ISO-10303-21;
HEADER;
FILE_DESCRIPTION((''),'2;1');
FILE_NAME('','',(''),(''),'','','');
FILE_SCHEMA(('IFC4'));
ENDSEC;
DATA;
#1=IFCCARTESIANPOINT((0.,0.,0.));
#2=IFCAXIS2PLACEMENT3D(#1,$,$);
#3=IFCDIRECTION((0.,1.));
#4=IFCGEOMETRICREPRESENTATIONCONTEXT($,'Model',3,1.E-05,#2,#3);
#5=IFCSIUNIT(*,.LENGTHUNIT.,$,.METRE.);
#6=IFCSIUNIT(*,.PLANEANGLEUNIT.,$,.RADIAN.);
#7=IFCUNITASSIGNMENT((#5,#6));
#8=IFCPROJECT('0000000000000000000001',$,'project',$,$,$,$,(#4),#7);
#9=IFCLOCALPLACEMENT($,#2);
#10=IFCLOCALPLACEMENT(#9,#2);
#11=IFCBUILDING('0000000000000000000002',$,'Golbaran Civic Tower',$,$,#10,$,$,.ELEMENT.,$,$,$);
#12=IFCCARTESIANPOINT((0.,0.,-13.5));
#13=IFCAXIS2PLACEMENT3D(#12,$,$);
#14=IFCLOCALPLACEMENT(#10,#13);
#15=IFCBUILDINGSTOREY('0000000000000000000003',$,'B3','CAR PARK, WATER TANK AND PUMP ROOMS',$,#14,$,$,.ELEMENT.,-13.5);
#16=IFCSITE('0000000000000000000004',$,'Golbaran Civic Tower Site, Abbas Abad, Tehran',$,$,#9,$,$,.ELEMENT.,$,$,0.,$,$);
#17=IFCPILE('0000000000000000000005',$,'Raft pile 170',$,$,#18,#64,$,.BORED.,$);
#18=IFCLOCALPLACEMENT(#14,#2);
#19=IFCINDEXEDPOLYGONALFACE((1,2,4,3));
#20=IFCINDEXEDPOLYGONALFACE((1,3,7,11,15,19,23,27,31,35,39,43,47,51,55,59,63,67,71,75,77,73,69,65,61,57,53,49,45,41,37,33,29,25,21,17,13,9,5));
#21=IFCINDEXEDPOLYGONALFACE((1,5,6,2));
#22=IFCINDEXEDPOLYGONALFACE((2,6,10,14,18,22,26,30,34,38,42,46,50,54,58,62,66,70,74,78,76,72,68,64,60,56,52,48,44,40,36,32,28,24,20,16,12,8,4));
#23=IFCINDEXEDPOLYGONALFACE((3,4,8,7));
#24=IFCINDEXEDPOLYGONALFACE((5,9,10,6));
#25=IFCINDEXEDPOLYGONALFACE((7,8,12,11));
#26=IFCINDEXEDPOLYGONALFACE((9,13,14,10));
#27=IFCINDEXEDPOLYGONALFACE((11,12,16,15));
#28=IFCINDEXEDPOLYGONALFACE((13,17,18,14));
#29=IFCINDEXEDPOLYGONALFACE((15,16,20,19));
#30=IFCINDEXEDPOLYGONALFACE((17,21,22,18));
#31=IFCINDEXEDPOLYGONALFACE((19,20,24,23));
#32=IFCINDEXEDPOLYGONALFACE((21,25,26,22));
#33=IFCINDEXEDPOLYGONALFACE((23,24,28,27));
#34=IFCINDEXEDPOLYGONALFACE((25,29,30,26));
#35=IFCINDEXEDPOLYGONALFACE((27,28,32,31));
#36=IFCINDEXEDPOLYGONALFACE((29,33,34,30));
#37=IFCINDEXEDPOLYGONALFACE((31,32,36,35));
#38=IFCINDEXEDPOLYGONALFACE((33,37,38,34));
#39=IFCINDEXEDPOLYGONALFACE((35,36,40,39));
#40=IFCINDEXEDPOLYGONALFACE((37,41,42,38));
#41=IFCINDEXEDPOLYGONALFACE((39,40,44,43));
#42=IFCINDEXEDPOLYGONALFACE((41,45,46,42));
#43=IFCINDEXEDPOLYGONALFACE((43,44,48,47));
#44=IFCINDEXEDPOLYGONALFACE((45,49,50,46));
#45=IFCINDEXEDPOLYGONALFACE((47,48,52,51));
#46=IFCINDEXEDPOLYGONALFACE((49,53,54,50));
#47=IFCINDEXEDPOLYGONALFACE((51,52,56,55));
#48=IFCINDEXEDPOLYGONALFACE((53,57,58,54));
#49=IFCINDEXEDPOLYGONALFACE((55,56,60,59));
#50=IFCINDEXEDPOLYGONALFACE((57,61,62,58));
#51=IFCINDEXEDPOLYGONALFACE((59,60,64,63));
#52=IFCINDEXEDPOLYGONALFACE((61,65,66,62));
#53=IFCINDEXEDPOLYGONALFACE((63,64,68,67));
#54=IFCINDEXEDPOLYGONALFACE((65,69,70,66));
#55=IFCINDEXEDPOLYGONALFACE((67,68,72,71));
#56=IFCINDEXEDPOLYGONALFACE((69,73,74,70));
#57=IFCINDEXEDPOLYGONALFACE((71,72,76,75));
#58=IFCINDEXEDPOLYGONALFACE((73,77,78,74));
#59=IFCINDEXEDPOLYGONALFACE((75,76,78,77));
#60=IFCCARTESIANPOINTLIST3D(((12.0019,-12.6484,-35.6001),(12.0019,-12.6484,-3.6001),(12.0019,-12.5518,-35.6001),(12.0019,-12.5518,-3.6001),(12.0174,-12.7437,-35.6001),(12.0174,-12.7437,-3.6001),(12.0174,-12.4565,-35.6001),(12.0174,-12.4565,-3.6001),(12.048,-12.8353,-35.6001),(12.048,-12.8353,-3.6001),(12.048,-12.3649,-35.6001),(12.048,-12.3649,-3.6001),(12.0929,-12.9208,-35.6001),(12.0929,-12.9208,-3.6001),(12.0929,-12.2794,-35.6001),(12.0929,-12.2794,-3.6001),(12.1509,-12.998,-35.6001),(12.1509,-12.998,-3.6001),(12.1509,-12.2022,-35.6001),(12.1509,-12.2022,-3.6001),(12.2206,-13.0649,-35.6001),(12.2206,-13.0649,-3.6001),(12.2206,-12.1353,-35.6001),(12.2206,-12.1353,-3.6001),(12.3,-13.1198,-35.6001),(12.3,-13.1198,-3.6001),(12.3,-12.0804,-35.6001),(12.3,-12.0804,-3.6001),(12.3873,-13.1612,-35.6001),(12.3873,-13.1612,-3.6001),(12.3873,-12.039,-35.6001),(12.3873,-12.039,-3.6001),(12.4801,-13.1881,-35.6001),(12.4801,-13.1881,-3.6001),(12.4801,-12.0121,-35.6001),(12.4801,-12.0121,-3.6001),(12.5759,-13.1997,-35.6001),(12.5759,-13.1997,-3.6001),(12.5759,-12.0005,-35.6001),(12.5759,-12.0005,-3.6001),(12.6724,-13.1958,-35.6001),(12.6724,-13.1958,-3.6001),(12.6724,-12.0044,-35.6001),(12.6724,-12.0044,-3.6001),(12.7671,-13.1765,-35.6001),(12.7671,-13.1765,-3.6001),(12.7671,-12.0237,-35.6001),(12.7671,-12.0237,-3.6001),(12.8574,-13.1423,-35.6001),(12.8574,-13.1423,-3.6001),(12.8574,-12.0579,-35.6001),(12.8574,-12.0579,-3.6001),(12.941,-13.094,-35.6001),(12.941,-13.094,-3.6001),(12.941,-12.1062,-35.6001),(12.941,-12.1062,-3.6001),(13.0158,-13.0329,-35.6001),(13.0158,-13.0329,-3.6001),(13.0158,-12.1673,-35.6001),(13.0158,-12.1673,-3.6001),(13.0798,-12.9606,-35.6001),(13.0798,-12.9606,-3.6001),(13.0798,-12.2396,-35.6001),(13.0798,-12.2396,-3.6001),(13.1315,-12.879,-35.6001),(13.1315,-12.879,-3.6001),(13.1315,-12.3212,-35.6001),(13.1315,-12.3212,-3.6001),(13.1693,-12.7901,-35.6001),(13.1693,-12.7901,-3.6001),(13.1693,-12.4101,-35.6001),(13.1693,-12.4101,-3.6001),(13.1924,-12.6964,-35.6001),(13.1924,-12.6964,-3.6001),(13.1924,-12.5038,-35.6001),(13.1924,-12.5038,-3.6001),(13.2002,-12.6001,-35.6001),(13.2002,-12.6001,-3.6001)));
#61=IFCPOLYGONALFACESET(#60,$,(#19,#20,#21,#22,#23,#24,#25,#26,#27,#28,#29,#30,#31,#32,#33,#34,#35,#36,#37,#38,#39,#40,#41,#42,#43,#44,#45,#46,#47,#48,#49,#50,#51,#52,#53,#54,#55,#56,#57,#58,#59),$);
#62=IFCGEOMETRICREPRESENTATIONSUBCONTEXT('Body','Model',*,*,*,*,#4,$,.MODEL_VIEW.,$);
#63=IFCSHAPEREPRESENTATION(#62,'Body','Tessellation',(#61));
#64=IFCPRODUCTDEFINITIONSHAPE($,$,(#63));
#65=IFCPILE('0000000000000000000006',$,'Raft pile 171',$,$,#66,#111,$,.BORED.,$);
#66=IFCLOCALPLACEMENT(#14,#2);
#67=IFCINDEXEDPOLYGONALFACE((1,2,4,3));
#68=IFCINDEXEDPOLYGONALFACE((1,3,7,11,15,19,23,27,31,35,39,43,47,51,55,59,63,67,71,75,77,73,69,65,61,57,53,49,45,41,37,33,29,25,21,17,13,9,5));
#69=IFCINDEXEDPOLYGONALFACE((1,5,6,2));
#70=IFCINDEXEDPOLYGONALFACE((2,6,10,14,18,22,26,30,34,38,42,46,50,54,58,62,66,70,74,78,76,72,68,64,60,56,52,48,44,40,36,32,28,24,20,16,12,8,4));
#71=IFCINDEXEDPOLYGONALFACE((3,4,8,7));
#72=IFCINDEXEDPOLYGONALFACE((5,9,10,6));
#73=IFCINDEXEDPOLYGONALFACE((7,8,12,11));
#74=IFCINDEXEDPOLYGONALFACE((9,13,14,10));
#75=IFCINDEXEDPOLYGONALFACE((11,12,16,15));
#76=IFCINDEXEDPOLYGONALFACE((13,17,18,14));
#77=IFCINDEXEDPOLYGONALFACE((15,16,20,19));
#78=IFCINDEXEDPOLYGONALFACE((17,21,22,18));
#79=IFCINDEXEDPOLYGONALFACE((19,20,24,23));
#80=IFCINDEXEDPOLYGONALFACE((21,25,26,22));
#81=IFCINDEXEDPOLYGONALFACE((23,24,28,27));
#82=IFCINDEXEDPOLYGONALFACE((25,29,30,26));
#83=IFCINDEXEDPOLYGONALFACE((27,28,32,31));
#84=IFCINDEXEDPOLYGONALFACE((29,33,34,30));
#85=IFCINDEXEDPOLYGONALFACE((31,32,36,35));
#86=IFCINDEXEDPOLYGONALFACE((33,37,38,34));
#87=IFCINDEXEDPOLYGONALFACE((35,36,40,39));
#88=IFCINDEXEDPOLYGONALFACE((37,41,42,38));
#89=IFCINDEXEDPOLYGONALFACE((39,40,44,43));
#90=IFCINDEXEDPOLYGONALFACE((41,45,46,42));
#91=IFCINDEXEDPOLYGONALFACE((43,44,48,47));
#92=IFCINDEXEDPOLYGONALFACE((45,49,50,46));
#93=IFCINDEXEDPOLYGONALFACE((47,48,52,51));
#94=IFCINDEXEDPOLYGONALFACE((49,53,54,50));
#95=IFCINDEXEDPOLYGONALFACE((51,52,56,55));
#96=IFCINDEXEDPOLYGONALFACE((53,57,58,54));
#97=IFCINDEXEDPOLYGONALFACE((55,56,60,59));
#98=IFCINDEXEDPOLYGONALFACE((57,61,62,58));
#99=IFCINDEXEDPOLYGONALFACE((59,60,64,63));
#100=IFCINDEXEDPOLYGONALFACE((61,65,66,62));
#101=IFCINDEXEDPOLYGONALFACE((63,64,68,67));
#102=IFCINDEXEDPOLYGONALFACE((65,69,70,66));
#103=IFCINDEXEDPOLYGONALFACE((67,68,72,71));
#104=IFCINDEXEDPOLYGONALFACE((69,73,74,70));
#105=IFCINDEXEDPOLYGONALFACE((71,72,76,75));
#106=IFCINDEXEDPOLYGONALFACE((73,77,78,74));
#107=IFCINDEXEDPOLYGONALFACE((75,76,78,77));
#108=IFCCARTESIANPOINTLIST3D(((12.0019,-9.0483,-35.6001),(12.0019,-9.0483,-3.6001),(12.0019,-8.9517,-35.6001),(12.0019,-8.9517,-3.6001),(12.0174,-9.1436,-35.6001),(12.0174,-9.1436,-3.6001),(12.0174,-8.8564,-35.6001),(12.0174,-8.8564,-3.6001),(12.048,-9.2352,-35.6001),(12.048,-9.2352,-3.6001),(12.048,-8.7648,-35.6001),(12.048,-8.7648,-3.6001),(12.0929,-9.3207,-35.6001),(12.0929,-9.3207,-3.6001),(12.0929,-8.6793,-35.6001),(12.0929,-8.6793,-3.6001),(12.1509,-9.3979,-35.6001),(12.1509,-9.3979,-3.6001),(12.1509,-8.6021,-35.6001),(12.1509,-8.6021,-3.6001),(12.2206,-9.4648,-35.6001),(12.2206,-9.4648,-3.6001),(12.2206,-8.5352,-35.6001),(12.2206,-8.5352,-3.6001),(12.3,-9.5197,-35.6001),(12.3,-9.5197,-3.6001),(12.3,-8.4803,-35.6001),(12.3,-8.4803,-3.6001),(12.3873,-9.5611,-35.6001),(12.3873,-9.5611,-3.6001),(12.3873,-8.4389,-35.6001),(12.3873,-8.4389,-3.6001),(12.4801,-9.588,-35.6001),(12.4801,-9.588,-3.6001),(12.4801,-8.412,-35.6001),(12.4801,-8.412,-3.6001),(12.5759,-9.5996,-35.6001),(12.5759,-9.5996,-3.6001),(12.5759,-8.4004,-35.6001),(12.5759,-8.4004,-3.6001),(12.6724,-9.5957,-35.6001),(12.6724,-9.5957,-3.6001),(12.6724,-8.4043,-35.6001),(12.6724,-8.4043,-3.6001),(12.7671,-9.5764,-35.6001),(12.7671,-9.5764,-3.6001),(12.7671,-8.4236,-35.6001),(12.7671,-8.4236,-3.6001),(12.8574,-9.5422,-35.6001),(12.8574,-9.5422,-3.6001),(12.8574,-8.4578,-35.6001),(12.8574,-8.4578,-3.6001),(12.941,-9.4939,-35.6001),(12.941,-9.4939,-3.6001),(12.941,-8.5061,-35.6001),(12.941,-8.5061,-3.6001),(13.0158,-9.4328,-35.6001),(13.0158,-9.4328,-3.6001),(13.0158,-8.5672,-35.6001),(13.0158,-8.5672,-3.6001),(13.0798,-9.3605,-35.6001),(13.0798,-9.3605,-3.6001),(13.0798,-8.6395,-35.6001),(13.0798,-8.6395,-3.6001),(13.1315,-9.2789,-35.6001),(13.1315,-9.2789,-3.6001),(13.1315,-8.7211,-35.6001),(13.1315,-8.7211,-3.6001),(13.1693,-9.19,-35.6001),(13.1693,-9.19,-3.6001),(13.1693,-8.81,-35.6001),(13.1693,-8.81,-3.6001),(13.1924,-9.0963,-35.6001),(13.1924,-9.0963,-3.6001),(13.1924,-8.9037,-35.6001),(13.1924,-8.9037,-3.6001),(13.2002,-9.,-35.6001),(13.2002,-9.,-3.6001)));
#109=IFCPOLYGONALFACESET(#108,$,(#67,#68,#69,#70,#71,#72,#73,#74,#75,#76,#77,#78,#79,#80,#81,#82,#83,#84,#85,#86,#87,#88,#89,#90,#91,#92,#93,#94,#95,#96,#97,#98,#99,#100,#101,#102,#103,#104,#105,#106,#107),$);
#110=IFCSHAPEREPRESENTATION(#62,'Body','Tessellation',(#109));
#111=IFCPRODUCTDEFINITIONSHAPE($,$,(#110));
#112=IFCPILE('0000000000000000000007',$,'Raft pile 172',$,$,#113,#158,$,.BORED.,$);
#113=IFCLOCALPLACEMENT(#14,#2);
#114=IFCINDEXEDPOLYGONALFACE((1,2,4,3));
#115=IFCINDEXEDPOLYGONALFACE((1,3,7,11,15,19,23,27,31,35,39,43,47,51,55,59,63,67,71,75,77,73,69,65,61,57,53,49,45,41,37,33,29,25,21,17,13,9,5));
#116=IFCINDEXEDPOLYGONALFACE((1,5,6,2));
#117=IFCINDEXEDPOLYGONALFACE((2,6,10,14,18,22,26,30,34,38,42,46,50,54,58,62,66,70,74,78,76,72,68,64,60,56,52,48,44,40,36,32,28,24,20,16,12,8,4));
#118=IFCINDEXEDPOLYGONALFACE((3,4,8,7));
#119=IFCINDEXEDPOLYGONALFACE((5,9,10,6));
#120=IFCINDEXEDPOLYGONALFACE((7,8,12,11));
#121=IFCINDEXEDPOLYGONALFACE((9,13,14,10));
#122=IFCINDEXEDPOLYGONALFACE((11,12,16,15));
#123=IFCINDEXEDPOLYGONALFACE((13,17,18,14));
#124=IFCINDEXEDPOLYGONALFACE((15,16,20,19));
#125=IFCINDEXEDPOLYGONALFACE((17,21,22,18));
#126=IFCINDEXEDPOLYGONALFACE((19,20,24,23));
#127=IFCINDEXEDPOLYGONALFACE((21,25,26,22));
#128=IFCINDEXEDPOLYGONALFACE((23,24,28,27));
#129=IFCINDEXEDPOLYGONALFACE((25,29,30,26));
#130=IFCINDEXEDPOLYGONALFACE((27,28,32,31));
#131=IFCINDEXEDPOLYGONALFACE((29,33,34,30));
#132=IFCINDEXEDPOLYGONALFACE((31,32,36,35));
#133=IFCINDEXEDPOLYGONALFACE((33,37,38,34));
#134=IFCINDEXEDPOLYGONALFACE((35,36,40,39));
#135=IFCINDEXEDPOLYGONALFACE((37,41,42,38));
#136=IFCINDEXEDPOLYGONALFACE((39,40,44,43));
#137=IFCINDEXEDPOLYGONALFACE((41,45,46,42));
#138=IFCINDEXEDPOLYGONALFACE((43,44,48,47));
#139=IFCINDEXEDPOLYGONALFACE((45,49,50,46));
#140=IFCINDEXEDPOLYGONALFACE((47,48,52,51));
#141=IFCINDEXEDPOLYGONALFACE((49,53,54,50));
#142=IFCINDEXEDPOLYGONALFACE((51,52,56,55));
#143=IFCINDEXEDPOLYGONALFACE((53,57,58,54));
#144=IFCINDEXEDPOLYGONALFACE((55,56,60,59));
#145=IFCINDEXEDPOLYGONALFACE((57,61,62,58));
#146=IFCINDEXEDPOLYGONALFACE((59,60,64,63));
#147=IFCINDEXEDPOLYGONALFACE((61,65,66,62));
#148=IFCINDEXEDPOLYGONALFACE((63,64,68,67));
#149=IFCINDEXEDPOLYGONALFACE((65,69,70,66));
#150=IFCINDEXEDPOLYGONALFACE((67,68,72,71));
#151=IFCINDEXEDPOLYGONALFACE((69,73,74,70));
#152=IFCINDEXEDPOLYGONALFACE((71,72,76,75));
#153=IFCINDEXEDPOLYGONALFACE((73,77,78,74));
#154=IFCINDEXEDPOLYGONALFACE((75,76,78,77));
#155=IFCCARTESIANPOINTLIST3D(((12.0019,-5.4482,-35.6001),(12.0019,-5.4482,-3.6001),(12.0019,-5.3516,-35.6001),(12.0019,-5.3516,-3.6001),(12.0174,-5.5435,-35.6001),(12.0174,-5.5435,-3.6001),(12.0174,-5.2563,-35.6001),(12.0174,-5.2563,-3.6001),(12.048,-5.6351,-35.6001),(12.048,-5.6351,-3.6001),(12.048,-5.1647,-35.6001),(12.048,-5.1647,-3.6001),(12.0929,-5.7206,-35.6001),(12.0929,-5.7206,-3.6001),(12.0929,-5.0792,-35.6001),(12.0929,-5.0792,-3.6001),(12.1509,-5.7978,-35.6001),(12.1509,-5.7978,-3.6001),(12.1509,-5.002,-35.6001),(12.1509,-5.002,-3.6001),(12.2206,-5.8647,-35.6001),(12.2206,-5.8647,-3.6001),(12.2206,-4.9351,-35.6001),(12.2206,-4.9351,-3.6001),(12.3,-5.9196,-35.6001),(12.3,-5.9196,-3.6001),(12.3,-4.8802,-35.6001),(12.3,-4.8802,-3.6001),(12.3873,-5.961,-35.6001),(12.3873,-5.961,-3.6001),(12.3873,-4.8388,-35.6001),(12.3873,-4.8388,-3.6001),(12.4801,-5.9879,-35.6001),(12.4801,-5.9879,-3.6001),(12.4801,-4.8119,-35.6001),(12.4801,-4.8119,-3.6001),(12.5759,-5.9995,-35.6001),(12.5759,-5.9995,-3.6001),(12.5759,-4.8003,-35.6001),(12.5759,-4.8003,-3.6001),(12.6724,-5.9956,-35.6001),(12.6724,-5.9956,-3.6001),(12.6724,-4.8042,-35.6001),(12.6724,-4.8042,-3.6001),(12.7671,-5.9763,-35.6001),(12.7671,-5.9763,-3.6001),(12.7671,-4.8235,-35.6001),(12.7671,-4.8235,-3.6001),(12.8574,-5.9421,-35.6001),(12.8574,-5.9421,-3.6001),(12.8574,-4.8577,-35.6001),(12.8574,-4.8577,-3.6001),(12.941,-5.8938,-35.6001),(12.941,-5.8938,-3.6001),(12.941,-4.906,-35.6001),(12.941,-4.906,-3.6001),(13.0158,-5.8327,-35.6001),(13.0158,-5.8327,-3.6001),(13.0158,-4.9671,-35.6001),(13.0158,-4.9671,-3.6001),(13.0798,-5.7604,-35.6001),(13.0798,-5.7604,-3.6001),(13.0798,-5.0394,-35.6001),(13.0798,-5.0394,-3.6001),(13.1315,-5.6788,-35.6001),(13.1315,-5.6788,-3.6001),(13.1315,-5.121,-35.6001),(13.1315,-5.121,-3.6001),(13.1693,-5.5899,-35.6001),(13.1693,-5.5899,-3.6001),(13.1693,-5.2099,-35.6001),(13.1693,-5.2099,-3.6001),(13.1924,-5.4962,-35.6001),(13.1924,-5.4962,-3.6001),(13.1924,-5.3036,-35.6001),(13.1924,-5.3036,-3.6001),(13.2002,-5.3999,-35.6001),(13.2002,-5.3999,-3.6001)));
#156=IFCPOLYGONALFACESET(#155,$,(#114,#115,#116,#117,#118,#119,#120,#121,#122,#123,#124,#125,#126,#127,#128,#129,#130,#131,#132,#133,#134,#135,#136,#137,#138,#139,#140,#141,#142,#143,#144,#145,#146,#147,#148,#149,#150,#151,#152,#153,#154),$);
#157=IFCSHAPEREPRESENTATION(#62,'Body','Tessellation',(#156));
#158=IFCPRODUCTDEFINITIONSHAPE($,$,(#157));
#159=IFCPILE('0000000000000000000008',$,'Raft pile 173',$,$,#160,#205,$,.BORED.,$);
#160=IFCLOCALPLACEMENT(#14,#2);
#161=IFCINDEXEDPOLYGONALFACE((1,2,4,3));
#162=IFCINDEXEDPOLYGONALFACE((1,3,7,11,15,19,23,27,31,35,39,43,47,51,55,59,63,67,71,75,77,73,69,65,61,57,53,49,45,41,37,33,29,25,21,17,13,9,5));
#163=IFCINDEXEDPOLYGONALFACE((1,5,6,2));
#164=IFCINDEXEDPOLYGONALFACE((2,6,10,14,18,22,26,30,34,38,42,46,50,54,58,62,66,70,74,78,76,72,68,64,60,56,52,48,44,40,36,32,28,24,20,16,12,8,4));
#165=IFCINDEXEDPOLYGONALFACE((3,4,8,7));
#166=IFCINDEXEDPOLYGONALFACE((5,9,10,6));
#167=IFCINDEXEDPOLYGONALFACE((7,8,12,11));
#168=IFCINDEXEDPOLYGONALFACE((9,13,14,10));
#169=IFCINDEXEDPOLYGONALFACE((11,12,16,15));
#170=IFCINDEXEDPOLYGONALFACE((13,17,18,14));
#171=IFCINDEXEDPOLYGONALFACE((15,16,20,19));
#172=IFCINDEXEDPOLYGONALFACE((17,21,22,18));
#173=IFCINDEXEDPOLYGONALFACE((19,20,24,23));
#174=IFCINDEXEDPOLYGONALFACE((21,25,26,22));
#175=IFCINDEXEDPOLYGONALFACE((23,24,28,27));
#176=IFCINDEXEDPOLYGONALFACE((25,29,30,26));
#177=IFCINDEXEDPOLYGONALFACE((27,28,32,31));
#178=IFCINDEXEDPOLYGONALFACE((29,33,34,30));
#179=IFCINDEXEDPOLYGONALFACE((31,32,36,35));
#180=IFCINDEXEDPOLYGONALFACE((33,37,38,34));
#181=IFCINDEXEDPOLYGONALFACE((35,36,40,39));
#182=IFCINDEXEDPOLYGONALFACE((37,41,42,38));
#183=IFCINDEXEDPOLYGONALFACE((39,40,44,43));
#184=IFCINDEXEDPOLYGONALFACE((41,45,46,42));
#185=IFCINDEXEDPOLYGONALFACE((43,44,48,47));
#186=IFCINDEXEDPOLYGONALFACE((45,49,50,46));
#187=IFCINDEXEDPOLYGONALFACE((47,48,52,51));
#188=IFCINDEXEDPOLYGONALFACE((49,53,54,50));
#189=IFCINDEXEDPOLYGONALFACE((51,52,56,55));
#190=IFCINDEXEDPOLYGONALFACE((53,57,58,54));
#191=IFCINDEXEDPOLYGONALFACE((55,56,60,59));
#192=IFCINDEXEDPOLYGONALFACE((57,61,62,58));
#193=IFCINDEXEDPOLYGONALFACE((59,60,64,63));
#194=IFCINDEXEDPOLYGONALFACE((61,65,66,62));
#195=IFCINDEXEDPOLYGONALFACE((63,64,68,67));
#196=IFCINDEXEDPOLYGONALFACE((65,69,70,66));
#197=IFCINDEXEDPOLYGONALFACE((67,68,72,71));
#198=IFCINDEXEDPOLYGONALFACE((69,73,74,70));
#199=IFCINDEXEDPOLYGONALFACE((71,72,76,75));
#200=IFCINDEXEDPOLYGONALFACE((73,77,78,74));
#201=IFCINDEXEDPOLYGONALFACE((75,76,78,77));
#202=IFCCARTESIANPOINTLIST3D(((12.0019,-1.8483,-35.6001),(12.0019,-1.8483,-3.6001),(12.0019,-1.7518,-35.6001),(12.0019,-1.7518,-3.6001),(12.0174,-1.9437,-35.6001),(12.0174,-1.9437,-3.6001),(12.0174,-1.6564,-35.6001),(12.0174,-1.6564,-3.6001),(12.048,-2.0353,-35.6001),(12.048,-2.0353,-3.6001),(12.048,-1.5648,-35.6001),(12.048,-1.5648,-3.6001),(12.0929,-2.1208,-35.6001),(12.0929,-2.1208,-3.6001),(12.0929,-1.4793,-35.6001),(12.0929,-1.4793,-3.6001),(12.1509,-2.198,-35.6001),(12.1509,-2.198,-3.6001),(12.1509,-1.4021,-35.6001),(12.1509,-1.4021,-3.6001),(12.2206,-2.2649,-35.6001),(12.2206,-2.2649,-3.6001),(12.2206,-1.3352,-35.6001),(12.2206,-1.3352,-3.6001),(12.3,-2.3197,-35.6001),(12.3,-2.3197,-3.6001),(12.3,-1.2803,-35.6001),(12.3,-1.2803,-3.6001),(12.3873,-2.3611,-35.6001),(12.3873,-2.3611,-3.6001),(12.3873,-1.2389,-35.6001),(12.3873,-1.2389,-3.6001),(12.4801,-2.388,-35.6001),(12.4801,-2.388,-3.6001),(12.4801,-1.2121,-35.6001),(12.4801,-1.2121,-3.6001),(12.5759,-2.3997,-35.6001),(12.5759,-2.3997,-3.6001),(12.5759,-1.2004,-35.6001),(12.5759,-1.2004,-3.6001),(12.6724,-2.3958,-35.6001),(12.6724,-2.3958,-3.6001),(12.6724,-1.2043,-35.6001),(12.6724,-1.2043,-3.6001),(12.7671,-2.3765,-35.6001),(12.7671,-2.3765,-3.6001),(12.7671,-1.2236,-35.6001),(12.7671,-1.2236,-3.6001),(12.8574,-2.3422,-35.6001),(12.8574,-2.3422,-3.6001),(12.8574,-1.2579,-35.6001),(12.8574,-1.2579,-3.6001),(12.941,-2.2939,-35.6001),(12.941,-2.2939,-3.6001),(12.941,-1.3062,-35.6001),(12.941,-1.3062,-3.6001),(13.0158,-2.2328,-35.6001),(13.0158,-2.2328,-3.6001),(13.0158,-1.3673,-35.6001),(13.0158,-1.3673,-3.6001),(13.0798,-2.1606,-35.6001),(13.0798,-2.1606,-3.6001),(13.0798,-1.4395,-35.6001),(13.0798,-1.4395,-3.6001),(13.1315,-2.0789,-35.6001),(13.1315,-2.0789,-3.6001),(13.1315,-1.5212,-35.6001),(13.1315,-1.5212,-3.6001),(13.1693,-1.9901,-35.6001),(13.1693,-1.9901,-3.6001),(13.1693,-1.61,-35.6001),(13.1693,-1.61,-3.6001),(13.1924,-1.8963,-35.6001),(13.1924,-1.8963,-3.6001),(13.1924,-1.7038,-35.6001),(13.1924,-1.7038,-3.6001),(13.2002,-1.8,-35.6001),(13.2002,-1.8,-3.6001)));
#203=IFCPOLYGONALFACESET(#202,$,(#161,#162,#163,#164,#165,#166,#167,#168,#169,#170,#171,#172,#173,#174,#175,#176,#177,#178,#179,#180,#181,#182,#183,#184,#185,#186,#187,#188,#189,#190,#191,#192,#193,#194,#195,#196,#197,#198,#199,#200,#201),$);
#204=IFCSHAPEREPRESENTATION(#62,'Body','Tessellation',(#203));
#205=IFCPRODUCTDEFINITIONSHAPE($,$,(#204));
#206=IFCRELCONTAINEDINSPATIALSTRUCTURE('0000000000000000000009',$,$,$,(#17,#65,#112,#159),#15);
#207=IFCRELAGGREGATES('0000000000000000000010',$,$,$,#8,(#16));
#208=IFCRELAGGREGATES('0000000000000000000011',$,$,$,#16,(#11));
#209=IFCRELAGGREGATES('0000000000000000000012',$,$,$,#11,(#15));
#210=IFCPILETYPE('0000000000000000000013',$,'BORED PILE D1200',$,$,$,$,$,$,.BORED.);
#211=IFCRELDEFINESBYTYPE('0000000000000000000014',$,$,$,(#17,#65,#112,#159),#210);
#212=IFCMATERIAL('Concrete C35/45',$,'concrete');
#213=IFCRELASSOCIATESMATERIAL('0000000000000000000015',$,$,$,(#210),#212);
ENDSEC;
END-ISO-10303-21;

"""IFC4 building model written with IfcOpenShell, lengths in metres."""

from ifc_helpers import new_model, si_unit, direction, frame, origin, origin_2d, place, context, subcontext, project, spatial, circle, extrude, material, material_profile, profile_set, type_object, element, save


model = new_model("IFC4")

# Units and contexts
model_context = context("Model", 3, precision=1e-05, world=origin(), true_north=direction((0.0, 1.0)))
body_context = subcontext(model_context, "Body", "Model", "MODEL_VIEW")
ifc_project = project(units=[si_unit("LENGTHUNIT", "METRE"), si_unit("PLANEANGLEUNIT", "RADIAN")], contexts=[model_context])

# Site, building, storey
site_placement = place(None, origin())
site = spatial("IfcSite", under=ifc_project, at=site_placement, Name="Golbaran Civic Tower Site, Abbas Abad, Tehran", CompositionType="ELEMENT", RefElevation=0.0)
building_placement = place(site_placement, origin())
building = spatial("IfcBuilding", under=site, at=building_placement, Name="Golbaran Civic Tower", CompositionType="ELEMENT")
storey_placement = place(building_placement, frame((0.0, 0.0, -13.5)))
storey = spatial("IfcBuildingStorey", under=building, at=storey_placement, Name="B3", Description="CAR PARK, WATER TANK AND PUMP ROOMS", CompositionType="ELEMENT", Elevation=-13.5)

# Piles
ifc_material_1 = material(Name="Concrete C35/45", Category="concrete")
ifc_material_profile_1 = material_profile(ifc_material_1, circle(Radius=0.6001, at=origin_2d()), Name="BORED PILE D1200")
ifc_profile_set_1 = profile_set([ifc_material_profile_1], Name="Concrete C35/45")
pile_type = type_object("IfcPileType", Name="BORED PILE D1200", PredefinedType="BORED", material=ifc_profile_set_1)
for number, where, z_axis, x_axis, name in (
    (1, (12.6001, -12.6001, -3.6001), (0.0, 0.0, -1.0), (1.0, 0.0, 0.0), "Raft pile 170"),
    (2, (12.6001, -9.0, -3.6001), (0.0, 0.0, -1.0), (1.0, 0.0, 0.0), "Raft pile 171"),
    (3, (12.6001, -5.3999, -3.6001), (0.0, 0.0, -1.0), (1.0, 0.0, 0.0), "Raft pile 172"),
    (4, (12.6001, -1.8, -3.6001), (0.0, 0.0, -1.0), (1.0, 0.0, 0.0), "Raft pile 173"),
):
    element("IfcPile", number, at=place(storey_placement, frame(where, z_axis=z_axis, x_axis=x_axis)), inside=storey, type_object=pile_type, Name=name, PredefinedType="BORED", context=body_context, shape_type="SweptSolid", body=[
        extrude(circle(Radius=0.6001, at=origin_2d()), origin(), (0.0, 0.0, 1.0), 32.0),
    ])

save(model, "model.ifc")
